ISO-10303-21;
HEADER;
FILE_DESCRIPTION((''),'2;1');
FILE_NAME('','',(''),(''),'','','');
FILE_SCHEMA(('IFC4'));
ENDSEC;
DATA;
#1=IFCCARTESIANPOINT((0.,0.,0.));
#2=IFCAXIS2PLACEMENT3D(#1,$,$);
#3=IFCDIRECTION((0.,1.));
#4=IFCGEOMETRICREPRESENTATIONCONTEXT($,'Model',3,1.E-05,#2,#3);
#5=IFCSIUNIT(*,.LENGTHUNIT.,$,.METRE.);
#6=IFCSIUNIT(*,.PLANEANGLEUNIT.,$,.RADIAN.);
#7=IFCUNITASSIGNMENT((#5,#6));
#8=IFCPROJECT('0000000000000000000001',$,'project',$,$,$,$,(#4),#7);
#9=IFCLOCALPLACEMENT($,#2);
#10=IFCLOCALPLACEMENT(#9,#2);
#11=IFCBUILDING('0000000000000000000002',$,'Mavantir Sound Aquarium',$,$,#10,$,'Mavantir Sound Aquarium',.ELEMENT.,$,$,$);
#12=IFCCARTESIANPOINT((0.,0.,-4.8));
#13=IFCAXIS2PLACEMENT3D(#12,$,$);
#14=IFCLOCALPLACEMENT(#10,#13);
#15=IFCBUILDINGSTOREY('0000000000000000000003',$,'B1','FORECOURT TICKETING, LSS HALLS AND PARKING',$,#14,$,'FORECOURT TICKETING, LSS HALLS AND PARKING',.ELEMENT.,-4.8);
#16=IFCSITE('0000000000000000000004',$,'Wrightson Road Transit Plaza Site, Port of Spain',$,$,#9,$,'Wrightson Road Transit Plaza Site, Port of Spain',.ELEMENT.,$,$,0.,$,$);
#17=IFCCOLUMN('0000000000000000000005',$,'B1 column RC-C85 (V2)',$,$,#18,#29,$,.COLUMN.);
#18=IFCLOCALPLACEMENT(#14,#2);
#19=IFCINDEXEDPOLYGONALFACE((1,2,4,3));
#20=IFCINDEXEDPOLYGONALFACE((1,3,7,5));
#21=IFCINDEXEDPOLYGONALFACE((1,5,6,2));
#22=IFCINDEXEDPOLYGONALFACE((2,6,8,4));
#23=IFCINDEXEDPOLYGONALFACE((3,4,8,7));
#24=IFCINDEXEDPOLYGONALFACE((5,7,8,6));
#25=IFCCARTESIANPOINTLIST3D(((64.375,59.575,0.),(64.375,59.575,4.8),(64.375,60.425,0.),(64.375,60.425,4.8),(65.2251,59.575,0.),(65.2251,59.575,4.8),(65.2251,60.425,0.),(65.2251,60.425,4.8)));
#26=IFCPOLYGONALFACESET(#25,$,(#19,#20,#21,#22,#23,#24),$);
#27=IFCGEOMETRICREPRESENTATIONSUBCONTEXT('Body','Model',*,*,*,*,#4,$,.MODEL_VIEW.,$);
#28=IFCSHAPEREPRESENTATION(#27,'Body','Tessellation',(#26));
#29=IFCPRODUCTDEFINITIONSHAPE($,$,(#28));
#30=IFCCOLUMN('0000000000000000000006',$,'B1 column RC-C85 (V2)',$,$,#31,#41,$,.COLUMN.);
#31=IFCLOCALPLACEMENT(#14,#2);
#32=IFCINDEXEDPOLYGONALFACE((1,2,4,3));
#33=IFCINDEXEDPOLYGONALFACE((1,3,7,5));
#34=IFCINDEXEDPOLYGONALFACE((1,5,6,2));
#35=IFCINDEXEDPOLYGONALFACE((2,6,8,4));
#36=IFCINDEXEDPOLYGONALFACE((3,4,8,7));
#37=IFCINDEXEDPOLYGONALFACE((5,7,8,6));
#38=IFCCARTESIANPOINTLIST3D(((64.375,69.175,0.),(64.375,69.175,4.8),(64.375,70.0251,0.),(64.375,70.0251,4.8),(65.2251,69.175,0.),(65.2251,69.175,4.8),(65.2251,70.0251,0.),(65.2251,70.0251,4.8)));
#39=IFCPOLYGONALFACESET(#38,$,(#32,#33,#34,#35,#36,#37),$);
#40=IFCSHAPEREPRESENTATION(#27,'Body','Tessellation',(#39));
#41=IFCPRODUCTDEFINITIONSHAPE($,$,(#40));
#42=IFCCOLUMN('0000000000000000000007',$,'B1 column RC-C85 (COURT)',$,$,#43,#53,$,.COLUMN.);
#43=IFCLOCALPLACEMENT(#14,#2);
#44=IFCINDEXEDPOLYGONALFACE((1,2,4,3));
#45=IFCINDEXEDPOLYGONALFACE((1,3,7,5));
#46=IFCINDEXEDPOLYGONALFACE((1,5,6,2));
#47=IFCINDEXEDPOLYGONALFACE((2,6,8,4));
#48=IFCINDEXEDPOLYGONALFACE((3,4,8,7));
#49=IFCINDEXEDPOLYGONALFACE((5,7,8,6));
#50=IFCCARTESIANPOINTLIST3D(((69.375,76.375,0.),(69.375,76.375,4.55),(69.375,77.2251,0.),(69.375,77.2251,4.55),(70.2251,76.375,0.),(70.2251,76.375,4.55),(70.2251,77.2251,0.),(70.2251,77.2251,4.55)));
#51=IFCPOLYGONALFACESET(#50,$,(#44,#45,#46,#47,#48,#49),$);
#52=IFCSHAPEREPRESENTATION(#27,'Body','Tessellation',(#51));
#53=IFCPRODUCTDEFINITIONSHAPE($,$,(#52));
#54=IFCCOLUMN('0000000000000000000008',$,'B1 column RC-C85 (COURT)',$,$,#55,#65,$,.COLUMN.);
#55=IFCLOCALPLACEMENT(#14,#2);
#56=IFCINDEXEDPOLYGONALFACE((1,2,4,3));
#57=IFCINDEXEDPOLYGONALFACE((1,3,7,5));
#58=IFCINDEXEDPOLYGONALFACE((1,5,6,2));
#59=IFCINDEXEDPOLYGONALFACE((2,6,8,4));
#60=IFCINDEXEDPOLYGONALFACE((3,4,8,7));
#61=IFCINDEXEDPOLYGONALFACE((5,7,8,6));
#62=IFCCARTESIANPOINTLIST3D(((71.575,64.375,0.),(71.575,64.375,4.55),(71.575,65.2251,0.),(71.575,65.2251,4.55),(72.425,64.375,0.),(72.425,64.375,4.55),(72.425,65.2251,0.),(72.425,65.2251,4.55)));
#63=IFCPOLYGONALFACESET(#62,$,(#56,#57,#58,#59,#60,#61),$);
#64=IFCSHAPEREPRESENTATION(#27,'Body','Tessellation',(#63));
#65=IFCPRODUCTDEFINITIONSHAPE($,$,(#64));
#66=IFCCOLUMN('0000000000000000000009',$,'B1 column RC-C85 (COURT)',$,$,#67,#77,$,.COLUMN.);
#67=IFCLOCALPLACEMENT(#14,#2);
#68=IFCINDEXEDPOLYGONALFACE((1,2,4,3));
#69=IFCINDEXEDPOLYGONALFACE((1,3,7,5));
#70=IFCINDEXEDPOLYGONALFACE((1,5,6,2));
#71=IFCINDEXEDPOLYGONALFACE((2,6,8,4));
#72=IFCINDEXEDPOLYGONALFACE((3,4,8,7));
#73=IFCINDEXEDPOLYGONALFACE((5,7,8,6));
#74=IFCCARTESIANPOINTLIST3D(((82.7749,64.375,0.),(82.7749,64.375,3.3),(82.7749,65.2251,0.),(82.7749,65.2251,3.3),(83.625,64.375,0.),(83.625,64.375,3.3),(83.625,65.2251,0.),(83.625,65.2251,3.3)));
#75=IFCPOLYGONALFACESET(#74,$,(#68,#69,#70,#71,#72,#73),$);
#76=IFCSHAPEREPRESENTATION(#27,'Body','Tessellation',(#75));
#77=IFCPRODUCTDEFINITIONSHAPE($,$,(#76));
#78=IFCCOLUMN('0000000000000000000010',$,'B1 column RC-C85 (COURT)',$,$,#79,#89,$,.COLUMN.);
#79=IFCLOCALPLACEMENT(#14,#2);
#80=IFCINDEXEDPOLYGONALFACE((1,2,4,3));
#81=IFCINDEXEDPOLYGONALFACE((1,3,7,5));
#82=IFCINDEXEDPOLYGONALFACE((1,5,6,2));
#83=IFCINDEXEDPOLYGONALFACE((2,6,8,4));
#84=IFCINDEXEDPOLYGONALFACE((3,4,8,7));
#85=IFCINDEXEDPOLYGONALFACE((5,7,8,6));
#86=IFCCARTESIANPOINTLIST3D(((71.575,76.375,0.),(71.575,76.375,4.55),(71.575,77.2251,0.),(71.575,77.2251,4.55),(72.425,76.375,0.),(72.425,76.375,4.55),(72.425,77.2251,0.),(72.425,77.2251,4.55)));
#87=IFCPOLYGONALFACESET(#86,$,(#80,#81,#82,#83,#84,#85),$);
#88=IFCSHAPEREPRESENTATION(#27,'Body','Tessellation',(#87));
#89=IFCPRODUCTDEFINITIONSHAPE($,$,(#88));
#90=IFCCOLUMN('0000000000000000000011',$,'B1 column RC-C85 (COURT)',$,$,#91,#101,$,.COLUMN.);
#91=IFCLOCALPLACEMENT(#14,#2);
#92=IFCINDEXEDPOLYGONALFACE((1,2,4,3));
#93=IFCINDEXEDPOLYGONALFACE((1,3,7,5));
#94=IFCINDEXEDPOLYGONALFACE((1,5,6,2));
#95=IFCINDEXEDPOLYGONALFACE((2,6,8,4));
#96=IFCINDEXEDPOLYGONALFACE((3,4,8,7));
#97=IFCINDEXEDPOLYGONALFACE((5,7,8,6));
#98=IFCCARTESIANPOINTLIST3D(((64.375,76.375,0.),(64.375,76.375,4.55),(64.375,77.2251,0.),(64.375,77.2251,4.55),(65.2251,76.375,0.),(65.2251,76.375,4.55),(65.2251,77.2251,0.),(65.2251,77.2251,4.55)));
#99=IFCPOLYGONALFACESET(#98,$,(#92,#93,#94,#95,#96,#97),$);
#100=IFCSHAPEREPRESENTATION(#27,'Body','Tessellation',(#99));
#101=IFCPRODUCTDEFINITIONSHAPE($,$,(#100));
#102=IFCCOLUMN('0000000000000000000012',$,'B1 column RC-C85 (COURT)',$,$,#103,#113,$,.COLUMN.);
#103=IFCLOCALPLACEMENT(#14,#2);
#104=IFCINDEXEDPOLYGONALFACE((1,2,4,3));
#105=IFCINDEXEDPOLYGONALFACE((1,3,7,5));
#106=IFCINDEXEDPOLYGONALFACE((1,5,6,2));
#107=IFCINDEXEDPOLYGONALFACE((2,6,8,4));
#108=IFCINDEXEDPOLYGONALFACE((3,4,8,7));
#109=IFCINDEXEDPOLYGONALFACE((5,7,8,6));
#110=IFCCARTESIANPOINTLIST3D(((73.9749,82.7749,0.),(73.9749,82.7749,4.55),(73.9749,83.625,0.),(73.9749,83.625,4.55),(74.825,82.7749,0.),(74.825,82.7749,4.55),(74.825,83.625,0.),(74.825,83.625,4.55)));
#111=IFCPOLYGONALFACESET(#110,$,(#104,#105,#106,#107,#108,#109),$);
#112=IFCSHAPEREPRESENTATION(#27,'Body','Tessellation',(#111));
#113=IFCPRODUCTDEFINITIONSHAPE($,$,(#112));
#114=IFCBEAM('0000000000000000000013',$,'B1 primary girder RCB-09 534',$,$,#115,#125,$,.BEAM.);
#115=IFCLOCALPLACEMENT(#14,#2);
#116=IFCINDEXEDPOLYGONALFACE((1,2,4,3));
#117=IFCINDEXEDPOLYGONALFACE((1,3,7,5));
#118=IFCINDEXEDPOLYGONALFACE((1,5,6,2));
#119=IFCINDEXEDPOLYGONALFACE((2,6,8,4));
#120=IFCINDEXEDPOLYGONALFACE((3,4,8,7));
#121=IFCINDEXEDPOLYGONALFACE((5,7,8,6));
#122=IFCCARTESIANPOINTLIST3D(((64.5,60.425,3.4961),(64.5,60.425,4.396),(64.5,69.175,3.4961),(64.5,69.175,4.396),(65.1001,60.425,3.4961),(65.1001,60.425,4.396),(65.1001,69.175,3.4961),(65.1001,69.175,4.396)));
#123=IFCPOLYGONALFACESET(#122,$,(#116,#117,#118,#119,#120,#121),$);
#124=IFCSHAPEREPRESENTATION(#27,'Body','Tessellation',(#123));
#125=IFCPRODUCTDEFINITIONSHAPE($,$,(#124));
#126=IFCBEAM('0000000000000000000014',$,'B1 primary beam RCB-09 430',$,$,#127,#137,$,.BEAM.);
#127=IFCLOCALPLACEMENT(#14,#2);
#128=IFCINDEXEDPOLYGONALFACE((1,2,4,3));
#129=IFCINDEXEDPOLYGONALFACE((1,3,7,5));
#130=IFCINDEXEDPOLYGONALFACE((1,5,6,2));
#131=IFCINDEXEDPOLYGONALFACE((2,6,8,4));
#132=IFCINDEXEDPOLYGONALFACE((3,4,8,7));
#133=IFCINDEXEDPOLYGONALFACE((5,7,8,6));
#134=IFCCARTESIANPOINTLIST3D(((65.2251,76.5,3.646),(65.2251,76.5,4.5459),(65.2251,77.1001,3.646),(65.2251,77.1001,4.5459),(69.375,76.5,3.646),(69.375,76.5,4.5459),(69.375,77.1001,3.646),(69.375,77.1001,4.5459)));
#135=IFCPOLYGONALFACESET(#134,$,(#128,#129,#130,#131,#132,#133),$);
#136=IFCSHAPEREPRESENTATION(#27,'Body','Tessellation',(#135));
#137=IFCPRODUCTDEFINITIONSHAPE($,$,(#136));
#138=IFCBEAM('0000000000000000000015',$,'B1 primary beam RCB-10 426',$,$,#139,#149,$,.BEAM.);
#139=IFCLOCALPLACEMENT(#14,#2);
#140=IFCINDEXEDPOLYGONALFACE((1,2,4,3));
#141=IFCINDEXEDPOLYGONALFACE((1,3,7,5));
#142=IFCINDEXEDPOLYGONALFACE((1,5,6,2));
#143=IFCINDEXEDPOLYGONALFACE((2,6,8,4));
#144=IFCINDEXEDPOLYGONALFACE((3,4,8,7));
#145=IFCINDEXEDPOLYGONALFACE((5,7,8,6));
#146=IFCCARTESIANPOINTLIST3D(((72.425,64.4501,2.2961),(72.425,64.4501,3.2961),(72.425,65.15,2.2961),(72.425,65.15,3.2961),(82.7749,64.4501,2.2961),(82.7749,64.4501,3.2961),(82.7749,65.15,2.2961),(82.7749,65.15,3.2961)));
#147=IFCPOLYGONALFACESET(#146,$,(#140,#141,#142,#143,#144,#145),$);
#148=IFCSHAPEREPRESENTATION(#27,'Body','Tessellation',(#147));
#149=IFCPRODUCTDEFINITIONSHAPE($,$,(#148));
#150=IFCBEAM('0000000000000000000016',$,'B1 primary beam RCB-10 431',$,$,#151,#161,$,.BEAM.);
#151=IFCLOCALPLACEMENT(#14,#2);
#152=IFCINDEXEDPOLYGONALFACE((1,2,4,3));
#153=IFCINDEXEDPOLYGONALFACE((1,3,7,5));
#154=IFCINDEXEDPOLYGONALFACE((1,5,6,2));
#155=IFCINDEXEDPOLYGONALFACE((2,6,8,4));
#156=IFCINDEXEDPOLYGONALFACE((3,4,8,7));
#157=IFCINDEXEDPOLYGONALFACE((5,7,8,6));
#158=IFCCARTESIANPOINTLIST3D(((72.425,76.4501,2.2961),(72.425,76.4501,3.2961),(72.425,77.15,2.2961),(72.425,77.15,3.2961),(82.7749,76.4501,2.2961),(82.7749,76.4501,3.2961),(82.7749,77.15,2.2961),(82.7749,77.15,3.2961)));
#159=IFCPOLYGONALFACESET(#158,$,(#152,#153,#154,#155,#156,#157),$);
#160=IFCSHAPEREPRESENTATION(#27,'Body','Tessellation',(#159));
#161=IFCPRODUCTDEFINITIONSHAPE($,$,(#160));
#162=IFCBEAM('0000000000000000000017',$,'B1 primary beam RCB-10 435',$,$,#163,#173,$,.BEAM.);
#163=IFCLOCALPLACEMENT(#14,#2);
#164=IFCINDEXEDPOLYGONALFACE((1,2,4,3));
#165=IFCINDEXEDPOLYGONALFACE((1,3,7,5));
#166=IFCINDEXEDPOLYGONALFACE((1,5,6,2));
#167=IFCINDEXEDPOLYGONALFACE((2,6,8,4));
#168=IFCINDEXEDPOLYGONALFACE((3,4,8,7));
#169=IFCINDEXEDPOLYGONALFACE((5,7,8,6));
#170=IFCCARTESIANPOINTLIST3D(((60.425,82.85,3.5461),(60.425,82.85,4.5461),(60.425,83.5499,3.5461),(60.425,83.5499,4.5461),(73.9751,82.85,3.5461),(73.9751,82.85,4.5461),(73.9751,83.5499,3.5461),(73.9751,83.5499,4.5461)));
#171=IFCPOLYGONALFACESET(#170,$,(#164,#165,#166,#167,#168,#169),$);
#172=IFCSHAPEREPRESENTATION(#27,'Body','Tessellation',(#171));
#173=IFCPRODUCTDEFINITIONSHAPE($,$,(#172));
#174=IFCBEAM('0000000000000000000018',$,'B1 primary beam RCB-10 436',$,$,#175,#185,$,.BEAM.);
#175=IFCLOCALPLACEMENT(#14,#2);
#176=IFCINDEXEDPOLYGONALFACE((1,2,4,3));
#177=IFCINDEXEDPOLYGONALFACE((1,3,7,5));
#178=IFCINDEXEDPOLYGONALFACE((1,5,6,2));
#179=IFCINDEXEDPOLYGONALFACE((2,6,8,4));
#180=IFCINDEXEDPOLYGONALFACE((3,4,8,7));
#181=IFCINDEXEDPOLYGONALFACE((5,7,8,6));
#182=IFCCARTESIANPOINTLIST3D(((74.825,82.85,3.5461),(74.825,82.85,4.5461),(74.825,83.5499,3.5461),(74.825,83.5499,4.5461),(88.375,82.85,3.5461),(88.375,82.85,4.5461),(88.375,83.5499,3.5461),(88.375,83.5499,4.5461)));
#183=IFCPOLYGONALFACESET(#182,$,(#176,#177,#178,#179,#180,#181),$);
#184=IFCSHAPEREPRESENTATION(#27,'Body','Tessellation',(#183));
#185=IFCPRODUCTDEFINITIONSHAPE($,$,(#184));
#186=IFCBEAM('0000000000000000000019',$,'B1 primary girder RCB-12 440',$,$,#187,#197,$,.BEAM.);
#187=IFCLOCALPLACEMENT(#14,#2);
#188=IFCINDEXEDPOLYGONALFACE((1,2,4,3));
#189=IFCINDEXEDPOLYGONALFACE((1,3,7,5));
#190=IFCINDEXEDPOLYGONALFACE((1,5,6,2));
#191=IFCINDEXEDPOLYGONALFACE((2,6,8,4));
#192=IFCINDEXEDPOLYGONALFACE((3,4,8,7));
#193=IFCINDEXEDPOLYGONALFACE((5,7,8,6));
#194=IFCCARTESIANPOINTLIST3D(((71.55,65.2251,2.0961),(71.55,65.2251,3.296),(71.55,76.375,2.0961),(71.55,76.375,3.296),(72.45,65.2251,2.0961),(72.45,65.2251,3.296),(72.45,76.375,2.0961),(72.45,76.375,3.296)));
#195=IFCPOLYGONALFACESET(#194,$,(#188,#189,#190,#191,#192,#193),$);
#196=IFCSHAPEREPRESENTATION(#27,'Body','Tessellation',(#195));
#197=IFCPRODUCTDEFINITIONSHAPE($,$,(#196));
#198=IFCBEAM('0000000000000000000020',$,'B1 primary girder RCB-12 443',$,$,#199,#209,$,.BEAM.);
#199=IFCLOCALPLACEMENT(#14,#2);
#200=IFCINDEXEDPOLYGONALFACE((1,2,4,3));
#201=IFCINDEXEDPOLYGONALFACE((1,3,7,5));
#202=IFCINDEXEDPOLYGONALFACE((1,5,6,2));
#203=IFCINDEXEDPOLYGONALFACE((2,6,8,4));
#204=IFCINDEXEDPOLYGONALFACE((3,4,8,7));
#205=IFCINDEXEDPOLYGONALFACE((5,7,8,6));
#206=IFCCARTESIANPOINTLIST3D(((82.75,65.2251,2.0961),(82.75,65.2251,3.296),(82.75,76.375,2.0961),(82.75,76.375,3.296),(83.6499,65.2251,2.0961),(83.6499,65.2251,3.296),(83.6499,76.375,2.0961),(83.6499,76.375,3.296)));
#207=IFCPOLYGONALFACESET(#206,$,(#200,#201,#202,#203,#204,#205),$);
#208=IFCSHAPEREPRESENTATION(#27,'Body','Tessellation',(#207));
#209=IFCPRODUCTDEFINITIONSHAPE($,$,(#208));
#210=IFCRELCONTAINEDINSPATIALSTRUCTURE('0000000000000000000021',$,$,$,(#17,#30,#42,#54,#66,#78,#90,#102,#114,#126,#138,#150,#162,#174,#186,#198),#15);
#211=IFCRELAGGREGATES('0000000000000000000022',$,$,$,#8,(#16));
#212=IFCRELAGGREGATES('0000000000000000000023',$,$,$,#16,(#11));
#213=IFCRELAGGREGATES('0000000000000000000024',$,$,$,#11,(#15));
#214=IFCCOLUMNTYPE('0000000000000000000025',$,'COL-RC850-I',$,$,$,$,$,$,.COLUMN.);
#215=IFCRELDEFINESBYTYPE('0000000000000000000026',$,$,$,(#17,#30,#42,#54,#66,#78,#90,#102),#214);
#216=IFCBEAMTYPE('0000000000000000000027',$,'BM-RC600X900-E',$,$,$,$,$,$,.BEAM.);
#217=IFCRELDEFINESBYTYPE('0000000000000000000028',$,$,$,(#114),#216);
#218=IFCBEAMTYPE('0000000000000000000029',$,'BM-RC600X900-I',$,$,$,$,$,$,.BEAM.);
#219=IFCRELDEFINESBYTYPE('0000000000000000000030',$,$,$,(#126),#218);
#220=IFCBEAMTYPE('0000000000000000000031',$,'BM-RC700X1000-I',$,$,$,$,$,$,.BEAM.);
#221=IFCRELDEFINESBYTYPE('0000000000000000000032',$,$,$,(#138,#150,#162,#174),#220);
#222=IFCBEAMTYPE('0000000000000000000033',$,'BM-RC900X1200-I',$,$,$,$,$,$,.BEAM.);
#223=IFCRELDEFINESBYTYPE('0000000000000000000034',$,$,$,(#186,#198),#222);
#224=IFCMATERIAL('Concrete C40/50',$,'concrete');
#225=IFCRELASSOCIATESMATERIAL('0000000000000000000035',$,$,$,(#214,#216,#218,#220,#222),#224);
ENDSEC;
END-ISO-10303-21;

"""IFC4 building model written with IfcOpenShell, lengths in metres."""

from ifc_helpers import new_model, si_unit, direction, frame, origin, origin_2d, place, context, subcontext, project, spatial, rectangle, extrude, material, material_profile, profile_set, type_object, element, save


model = new_model("IFC4")

# Units and contexts
model_context = context("Model", 3, precision=1e-05, world=origin(), true_north=direction((0.0, 1.0)))
body_context = subcontext(model_context, "Body", "Model", "MODEL_VIEW")
ifc_project = project(units=[si_unit("LENGTHUNIT", "METRE"), si_unit("PLANEANGLEUNIT", "RADIAN")], contexts=[model_context])

# Site, building, storey
site_placement = place(None, origin())
site = spatial("IfcSite", under=ifc_project, at=site_placement, Name="Wrightson Road Transit Plaza Site, Port of Spain", LongName="Wrightson Road Transit Plaza Site, Port of Spain", CompositionType="ELEMENT", RefElevation=0.0)
building_placement = place(site_placement, origin())
building = spatial("IfcBuilding", under=site, at=building_placement, Name="Mavantir Sound Aquarium", LongName="Mavantir Sound Aquarium", CompositionType="ELEMENT")
storey_placement = place(building_placement, frame((0.0, 0.0, -4.8)))
storey = spatial("IfcBuildingStorey", under=building, at=storey_placement, Name="B1", Description="FORECOURT TICKETING, LSS HALLS AND PARKING", LongName="FORECOURT TICKETING, LSS HALLS AND PARKING", CompositionType="ELEMENT", Elevation=-4.8)

# Columns
ifc_material_1 = material(Name="Concrete C40/50", Category="concrete")
ifc_material_profile_1 = material_profile(ifc_material_1, rectangle(XDim=0.8501, YDim=0.8501, at=origin_2d()), Name="RC 850X850")
ifc_profile_set_1 = profile_set([ifc_material_profile_1], Name="Concrete C40/50")
column_type = type_object("IfcColumnType", Name="COL-RC850-I", PredefinedType="COLUMN", material=ifc_profile_set_1)
for number, where, z_axis, x_axis, name in (
    (1, (64.8, 60.0, 0.0), (0.0, 0.0, 1.0), (1.0, 0.0, 0.0), "B1 column RC-C85 (V2)"),
    (2, (64.8, 69.6001, 0.0), (0.0, 0.0, 1.0), (1.0, 0.0, 0.0), "B1 column RC-C85 (V2)"),
):
    element("IfcColumn", number, at=place(storey_placement, frame(where, z_axis=z_axis, x_axis=x_axis)), inside=storey, type_object=column_type, Name=name, PredefinedType="COLUMN", context=body_context, shape_type="SweptSolid", body=[
        extrude(rectangle(XDim=0.8501, YDim=0.8501, at=origin_2d()), origin(), (0.0, 0.0, 1.0), 4.8),
    ])
for number, where, z_axis, x_axis, name in (
    (3, (69.8, 76.8, 0.0), (0.0, 0.0, 1.0), (1.0, 0.0, 0.0), "B1 column RC-C85 (COURT)"),
    (4, (72.0, 64.8, 0.0), (0.0, 0.0, 1.0), (1.0, 0.0, 0.0), "B1 column RC-C85 (COURT)"),
):
    element("IfcColumn", number, at=place(storey_placement, frame(where, z_axis=z_axis, x_axis=x_axis)), inside=storey, type_object=column_type, Name=name, PredefinedType="COLUMN", context=body_context, shape_type="SweptSolid", body=[
        extrude(rectangle(XDim=0.8501, YDim=0.8501, at=origin_2d()), origin(), (0.0, 0.0, 1.0), 4.55),
    ])
column_placement = place(storey_placement, frame((83.2, 64.8, 0.0), z_axis=(0.0, 0.0, 1.0), x_axis=(1.0, 0.0, 0.0)))
element("IfcColumn", 5, at=column_placement, inside=storey, type_object=column_type, Name="B1 column RC-C85 (COURT)", PredefinedType="COLUMN", context=body_context, shape_type="SweptSolid", body=[
    extrude(rectangle(XDim=0.8501, YDim=0.8501, at=origin_2d()), origin(), (0.0, 0.0, 1.0), 3.3),
])
for number, where, z_axis, x_axis, name in (
    (6, (72.0, 76.8, 0.0), (0.0, 0.0, 1.0), (1.0, 0.0, 0.0), "B1 column RC-C85 (COURT)"),
    (7, (64.8, 76.8, 0.0), (0.0, 0.0, 1.0), (1.0, 0.0, 0.0), "B1 column RC-C85 (COURT)"),
    (8, (74.3999, 83.2, 0.0), (0.0, 0.0, 1.0), (1.0, 0.0, 0.0), "B1 column RC-C85 (COURT)"),
):
    element("IfcColumn", number, at=place(storey_placement, frame(where, z_axis=z_axis, x_axis=x_axis)), inside=storey, type_object=column_type, Name=name, PredefinedType="COLUMN", context=body_context, shape_type="SweptSolid", body=[
        extrude(rectangle(XDim=0.8501, YDim=0.8501, at=origin_2d()), origin(), (0.0, 0.0, 1.0), 4.55),
    ])

# Beams
ifc_material_profile_2 = material_profile(ifc_material_1, rectangle(XDim=0.6001, YDim=0.8999, at=origin_2d()), Name="RC 600X900")
ifc_profile_set_2 = profile_set([ifc_material_profile_2], Name="Concrete C40/50")
beam_type_1 = type_object("IfcBeamType", Name="BM-RC600X900-E", PredefinedType="BEAM", material=ifc_profile_set_2)
beam_1_placement = place(storey_placement, frame((64.8, 60.425, 3.946), z_axis=(0.0, 1.0, 0.0), x_axis=(-1.0, 0.0, 0.0)))
element("IfcBeam", 9, at=beam_1_placement, inside=storey, type_object=beam_type_1, Name="B1 primary girder RCB-09 534", PredefinedType="BEAM", context=body_context, shape_type="SweptSolid", body=[
    extrude(rectangle(XDim=0.6001, YDim=0.8999, at=origin_2d()), origin(), (0.0, 0.0, 1.0), 8.75),
])
ifc_material_profile_3 = material_profile(ifc_material_1, rectangle(XDim=0.6001, YDim=0.8999, at=origin_2d()), Name="RC 600X900")
ifc_profile_set_3 = profile_set([ifc_material_profile_3], Name="Concrete C40/50")
beam_type_2 = type_object("IfcBeamType", Name="BM-RC600X900-I", PredefinedType="BEAM", material=ifc_profile_set_3)
beam_2_placement = place(storey_placement, frame((65.2251, 76.8, 4.0959), z_axis=(1.0, 0.0, 0.0), x_axis=(0.0, 1.0, 0.0)))
element("IfcBeam", 10, at=beam_2_placement, inside=storey, type_object=beam_type_2, Name="B1 primary beam RCB-09 430", PredefinedType="BEAM", context=body_context, shape_type="SweptSolid", body=[
    extrude(rectangle(XDim=0.6001, YDim=0.8999, at=origin_2d()), origin(), (0.0, 0.0, 1.0), 4.1499),
])
ifc_material_profile_4 = material_profile(ifc_material_1, rectangle(XDim=0.7, YDim=1.0, at=origin_2d()), Name="RC 700X1000")
ifc_profile_set_4 = profile_set([ifc_material_profile_4], Name="Concrete C40/50")
beam_type_3 = type_object("IfcBeamType", Name="BM-RC700X1000-I", PredefinedType="BEAM", material=ifc_profile_set_4)
for number, where, z_axis, x_axis, name in (
    (11, (72.425, 64.8, 2.7961), (1.0, 0.0, 0.0), (0.0, 1.0, 0.0), "B1 primary beam RCB-10 426"),
    (12, (72.425, 76.8, 2.7961), (1.0, 0.0, 0.0), (0.0, 1.0, 0.0), "B1 primary beam RCB-10 431"),
):
    element("IfcBeam", number, at=place(storey_placement, frame(where, z_axis=z_axis, x_axis=x_axis)), inside=storey, type_object=beam_type_3, Name=name, PredefinedType="BEAM", context=body_context, shape_type="SweptSolid", body=[
        extrude(rectangle(XDim=0.7, YDim=1.0, at=origin_2d()), origin(), (0.0, 0.0, 1.0), 10.3499),
    ])
for number, where, z_axis, x_axis, name in (
    (13, (60.425, 83.2, 4.0461), (1.0, 0.0, 0.0), (0.0, 1.0, 0.0), "B1 primary beam RCB-10 435"),
    (14, (74.825, 83.2, 4.0461), (1.0, 0.0, 0.0), (0.0, 1.0, 0.0), "B1 primary beam RCB-10 436"),
):
    element("IfcBeam", number, at=place(storey_placement, frame(where, z_axis=z_axis, x_axis=x_axis)), inside=storey, type_object=beam_type_3, Name=name, PredefinedType="BEAM", context=body_context, shape_type="SweptSolid", body=[
        extrude(rectangle(XDim=0.7, YDim=1.0, at=origin_2d()), origin(), (0.0, 0.0, 1.0), 13.55),
    ])
ifc_material_profile_5 = material_profile(ifc_material_1, rectangle(XDim=0.8999, YDim=1.2, at=origin_2d()), Name="RC 900X1200")
ifc_profile_set_5 = profile_set([ifc_material_profile_5], Name="Concrete C40/50")
beam_type_4 = type_object("IfcBeamType", Name="BM-RC900X1200-I", PredefinedType="BEAM", material=ifc_profile_set_5)
for number, where, z_axis, x_axis, name in (
    (15, (72.0, 65.2251, 2.696), (0.0, 1.0, 0.0), (-1.0, 0.0, 0.0), "B1 primary girder RCB-12 440"),
    (16, (83.2, 65.2251, 2.696), (0.0, 1.0, 0.0), (-1.0, 0.0, 0.0), "B1 primary girder RCB-12 443"),
):
    element("IfcBeam", number, at=place(storey_placement, frame(where, z_axis=z_axis, x_axis=x_axis)), inside=storey, type_object=beam_type_4, Name=name, PredefinedType="BEAM", context=body_context, shape_type="SweptSolid", body=[
        extrude(rectangle(XDim=0.8999, YDim=1.2, at=origin_2d()), origin(), (0.0, 0.0, 1.0), 11.1499),
    ])

save(model, "model.ifc")
